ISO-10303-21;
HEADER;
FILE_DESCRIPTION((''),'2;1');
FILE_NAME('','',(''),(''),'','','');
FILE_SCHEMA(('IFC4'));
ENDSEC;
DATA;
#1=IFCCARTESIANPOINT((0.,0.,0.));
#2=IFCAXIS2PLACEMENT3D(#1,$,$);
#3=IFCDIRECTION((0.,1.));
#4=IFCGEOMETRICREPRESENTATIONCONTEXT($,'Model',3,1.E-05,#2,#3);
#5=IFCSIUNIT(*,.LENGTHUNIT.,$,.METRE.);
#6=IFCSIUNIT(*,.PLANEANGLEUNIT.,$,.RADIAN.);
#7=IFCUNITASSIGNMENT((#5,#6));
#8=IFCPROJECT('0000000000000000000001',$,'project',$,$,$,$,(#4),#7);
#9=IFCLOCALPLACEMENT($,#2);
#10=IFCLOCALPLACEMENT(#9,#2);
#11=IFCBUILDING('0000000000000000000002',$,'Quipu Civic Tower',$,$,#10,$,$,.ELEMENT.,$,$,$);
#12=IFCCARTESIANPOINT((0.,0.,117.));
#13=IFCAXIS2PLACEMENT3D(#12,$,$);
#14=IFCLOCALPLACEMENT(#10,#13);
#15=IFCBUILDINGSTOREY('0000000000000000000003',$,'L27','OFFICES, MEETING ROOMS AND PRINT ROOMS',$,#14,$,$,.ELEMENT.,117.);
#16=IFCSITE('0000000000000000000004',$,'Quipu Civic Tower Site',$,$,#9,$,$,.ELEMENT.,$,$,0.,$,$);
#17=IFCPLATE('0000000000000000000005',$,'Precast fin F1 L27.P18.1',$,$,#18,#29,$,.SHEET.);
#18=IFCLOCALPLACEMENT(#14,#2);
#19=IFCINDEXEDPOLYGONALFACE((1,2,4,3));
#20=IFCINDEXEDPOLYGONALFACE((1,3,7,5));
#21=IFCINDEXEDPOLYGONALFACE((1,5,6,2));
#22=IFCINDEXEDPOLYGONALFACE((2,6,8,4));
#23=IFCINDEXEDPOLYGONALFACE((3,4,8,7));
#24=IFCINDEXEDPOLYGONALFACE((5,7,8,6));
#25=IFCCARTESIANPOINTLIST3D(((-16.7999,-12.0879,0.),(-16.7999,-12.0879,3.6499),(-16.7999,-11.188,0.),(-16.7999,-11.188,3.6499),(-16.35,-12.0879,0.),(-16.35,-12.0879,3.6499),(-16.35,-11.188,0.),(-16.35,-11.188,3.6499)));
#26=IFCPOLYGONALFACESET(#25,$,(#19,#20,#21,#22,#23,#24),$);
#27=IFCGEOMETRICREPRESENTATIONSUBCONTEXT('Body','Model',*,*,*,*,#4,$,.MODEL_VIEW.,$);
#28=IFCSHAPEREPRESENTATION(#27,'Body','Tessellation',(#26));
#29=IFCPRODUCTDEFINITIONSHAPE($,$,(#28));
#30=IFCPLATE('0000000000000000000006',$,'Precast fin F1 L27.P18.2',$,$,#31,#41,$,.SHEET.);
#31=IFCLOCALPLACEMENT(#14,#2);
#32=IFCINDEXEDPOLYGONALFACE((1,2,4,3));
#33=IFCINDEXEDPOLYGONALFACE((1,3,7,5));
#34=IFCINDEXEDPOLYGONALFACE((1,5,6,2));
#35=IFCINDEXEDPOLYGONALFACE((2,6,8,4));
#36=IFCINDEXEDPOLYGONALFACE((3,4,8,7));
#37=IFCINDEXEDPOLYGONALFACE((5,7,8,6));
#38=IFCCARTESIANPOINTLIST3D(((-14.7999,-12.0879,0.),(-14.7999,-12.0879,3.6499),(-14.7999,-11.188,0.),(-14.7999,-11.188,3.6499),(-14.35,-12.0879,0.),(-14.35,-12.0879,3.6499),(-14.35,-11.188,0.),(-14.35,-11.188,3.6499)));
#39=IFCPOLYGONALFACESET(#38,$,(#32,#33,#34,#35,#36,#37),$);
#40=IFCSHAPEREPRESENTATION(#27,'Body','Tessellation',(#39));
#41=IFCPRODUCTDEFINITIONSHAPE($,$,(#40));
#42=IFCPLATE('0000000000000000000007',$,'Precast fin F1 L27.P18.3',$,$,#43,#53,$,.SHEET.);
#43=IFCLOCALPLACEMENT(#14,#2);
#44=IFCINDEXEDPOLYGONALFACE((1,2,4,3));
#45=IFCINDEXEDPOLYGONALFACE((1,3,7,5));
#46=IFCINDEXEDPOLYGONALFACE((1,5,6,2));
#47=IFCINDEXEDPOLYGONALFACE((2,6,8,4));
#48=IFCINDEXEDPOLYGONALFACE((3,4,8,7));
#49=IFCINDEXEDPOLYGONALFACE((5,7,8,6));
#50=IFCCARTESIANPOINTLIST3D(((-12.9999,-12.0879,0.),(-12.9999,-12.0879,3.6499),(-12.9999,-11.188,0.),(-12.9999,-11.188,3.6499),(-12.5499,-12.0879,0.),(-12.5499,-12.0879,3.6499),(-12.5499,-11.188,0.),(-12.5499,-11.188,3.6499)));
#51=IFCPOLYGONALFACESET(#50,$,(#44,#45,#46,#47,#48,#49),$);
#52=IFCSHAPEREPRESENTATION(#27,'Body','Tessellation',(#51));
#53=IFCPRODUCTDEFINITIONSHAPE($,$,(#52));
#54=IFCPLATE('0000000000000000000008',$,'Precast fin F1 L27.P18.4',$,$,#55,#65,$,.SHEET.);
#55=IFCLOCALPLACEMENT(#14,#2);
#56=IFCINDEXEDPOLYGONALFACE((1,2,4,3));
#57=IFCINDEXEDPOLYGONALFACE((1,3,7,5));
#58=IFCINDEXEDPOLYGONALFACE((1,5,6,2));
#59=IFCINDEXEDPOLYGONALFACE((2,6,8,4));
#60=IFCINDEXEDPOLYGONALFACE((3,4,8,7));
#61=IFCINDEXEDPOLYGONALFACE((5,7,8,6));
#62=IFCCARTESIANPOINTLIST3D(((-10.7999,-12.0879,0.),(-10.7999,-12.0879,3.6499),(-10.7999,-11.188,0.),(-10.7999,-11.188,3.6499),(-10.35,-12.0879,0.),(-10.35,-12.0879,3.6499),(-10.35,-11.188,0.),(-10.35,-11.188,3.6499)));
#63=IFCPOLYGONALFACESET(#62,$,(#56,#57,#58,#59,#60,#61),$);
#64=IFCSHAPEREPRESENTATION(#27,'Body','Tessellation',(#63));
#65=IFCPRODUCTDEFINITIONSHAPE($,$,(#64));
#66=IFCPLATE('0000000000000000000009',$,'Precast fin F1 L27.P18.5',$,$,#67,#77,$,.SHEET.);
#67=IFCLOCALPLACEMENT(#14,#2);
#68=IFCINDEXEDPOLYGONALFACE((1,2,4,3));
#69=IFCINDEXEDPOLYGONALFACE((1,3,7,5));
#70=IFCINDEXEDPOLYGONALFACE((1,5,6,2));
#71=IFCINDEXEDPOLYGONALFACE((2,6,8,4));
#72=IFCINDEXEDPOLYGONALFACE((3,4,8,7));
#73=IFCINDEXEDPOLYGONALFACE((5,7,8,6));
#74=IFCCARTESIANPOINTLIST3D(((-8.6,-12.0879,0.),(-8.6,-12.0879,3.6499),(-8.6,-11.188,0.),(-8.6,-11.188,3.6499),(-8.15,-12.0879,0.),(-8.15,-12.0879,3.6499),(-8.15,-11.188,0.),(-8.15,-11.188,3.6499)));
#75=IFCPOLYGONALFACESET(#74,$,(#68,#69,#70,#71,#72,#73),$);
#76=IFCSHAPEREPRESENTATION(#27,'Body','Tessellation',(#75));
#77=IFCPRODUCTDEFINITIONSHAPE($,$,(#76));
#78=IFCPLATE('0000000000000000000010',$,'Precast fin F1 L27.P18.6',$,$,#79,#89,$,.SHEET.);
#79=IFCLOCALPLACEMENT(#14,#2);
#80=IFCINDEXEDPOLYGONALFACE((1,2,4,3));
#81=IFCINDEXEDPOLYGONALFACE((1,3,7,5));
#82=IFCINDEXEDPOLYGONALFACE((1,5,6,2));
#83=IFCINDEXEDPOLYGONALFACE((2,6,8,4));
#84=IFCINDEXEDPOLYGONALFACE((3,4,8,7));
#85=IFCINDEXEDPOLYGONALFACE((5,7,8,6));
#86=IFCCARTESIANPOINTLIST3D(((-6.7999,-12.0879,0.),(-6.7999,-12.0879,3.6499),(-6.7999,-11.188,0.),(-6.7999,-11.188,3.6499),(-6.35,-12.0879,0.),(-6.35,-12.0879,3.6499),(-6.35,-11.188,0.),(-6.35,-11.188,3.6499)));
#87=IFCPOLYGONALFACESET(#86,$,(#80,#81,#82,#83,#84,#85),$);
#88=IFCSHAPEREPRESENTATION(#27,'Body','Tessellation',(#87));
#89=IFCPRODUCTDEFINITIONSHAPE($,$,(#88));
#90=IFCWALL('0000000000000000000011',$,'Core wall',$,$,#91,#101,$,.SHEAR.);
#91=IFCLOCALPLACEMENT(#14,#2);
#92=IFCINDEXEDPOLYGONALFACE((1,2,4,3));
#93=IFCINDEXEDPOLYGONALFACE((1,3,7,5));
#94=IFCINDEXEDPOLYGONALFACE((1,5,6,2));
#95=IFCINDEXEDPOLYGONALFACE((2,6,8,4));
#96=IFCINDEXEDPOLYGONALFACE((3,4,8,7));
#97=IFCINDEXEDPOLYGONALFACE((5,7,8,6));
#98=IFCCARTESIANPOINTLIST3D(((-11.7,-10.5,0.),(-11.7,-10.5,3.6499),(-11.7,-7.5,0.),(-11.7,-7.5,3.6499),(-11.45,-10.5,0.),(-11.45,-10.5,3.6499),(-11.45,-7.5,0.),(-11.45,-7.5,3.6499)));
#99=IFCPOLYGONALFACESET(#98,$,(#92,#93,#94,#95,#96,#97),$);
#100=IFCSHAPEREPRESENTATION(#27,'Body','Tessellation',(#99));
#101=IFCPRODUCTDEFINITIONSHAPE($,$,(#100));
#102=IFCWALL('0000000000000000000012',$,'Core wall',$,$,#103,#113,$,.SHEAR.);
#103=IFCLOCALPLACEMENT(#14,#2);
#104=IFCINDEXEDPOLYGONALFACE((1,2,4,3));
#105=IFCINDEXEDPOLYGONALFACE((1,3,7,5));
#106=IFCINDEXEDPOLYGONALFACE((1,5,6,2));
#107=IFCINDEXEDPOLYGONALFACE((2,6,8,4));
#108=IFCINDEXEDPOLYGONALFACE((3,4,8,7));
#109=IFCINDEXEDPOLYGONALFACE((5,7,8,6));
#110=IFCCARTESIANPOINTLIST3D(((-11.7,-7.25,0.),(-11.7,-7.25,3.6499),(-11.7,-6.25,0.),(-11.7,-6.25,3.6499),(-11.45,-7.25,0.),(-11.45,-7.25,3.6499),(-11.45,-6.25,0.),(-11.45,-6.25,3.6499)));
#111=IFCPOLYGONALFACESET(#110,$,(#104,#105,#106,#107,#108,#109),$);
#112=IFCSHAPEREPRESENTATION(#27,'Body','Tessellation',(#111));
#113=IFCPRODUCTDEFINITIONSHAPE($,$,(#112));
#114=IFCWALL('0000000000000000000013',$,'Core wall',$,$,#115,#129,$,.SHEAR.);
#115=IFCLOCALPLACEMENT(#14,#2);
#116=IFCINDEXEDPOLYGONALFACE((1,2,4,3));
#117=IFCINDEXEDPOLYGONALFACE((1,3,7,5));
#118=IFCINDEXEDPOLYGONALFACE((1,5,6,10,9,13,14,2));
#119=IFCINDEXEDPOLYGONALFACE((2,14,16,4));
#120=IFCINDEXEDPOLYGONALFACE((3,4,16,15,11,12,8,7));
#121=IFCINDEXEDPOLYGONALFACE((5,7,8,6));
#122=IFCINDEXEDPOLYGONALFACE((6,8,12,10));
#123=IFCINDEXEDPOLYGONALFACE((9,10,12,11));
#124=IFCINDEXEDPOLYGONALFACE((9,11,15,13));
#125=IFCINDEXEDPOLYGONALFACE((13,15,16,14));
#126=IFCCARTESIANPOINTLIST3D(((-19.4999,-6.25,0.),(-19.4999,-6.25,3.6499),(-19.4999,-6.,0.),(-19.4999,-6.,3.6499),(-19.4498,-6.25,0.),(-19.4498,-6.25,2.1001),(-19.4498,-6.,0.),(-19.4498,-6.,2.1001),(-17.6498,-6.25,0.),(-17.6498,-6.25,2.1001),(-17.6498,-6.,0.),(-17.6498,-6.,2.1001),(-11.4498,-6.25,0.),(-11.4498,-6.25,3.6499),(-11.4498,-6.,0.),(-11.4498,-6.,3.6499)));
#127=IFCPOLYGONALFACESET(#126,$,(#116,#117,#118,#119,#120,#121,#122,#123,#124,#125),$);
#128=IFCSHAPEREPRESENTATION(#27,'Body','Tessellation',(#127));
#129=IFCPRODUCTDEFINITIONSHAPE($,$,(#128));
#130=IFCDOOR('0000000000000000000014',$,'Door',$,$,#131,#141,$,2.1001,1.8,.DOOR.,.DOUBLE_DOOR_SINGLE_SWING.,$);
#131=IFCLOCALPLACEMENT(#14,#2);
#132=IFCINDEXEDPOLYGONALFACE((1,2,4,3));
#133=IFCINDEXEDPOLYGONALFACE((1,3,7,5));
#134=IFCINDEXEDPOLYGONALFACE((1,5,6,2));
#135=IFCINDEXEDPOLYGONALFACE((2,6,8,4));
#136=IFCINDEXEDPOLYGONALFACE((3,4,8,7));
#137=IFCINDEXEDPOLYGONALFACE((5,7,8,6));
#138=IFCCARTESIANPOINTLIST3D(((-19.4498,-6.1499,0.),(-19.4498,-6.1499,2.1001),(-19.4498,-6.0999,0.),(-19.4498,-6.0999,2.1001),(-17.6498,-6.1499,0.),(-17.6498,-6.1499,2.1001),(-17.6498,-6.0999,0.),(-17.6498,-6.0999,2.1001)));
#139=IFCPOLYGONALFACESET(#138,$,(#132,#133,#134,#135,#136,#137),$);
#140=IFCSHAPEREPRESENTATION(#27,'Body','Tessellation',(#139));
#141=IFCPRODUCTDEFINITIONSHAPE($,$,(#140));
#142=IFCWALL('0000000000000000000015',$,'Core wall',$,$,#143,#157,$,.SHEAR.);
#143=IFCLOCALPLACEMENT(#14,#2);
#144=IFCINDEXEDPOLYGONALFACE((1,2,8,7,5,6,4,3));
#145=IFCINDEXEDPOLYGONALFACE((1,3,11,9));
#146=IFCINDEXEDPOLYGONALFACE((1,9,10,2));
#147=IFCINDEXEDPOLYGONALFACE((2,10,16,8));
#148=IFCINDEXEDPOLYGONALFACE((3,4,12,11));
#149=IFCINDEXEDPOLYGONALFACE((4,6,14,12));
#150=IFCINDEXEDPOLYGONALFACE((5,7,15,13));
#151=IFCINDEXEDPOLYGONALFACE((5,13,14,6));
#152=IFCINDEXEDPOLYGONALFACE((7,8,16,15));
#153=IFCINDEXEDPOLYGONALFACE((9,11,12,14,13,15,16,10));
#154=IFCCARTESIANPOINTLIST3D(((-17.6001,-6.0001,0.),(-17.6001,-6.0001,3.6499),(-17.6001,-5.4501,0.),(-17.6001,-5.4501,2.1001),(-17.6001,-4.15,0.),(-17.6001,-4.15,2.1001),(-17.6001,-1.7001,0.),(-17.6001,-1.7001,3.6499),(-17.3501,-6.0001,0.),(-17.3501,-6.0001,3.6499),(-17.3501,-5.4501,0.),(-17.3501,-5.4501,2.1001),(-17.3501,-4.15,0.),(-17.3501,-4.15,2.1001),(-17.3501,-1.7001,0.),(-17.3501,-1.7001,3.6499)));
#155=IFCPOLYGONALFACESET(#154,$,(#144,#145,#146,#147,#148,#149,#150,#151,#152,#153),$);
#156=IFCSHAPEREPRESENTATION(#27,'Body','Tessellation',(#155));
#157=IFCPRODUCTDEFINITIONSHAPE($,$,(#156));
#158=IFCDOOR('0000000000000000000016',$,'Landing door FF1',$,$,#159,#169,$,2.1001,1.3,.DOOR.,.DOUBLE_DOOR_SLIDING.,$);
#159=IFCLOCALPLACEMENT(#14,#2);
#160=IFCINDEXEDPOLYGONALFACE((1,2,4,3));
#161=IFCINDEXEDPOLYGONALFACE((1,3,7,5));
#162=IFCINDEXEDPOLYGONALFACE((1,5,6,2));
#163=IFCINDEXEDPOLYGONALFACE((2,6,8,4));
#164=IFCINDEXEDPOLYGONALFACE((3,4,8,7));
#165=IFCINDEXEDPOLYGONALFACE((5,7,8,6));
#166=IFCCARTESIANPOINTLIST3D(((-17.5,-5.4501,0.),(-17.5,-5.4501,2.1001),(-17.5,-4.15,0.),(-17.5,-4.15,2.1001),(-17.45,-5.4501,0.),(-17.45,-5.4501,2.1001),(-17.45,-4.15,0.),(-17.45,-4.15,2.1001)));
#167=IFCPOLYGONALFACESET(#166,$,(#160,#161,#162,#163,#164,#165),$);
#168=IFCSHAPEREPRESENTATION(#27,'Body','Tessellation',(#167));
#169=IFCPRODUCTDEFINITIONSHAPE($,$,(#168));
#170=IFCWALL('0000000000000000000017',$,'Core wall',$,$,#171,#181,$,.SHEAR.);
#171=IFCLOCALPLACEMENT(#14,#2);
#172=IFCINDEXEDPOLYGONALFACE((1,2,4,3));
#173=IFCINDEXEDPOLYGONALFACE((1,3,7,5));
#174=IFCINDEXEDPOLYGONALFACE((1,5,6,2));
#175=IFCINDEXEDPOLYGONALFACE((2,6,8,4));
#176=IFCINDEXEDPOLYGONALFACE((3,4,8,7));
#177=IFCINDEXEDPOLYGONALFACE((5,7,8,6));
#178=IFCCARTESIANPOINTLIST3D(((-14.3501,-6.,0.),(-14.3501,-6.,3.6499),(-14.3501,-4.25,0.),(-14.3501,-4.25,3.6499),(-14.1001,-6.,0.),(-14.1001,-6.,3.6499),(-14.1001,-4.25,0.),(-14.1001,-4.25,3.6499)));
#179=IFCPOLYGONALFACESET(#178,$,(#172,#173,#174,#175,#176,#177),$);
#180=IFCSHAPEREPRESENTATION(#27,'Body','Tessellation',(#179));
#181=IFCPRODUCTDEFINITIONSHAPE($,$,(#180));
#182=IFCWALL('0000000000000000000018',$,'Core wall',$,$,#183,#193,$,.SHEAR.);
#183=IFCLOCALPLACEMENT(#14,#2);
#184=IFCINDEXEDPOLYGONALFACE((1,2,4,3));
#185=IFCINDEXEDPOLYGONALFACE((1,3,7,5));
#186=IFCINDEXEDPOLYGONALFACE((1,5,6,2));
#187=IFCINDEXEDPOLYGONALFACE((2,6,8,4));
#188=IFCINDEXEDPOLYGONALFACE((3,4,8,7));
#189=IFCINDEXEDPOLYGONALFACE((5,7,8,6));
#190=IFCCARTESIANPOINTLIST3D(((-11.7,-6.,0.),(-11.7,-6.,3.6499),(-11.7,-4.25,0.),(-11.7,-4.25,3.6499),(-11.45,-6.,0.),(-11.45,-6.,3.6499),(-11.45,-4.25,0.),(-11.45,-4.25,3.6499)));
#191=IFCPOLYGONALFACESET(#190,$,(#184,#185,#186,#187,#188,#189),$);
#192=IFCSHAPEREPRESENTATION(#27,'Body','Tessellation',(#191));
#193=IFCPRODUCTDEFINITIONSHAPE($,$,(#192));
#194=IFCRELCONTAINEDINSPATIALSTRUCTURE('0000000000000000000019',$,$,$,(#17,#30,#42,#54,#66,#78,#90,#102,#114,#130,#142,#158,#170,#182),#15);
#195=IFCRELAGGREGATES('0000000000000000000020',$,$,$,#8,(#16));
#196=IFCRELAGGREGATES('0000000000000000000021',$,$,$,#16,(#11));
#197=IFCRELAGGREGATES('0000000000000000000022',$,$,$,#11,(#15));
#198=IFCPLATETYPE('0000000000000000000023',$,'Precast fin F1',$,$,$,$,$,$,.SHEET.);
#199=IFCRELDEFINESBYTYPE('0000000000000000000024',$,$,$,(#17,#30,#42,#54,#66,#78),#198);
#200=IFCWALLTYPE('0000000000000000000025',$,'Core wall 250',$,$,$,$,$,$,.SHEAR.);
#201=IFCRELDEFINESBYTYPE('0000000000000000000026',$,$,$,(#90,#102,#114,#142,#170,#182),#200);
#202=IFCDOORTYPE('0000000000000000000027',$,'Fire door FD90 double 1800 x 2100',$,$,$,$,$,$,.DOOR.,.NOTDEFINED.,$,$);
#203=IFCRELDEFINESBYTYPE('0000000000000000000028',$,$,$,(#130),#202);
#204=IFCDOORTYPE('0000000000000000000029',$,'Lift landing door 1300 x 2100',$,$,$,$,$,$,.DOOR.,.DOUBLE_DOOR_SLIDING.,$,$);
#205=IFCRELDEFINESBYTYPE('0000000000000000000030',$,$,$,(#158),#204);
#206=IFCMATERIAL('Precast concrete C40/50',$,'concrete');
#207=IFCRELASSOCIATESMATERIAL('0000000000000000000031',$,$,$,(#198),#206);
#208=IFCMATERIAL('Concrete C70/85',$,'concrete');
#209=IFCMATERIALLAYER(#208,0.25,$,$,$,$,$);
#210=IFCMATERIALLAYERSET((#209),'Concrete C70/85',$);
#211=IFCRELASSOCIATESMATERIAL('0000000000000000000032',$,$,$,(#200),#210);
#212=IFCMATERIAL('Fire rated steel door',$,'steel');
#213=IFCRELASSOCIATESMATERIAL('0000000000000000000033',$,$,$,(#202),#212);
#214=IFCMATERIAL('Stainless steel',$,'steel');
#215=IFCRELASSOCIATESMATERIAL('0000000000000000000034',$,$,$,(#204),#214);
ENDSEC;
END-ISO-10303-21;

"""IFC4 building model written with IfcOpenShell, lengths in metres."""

from ifc_helpers import new_model, si_unit, direction, frame, frame_2d, origin, origin_2d, place, context, subcontext, project, spatial, rectangle, extrude, material, layer, layer_set, type_object, element, fill, save


model = new_model("IFC4")

# Units and contexts
model_context = context("Model", 3, precision=1e-05, world=origin(), true_north=direction((0.0, 1.0)))
body_context = subcontext(model_context, "Body", "Model", "MODEL_VIEW")
ifc_project = project(units=[si_unit("LENGTHUNIT", "METRE"), si_unit("PLANEANGLEUNIT", "RADIAN")], contexts=[model_context])

# Site, building, storey
site_placement = place(None, origin())
site = spatial("IfcSite", under=ifc_project, at=site_placement, Name="Quipu Civic Tower Site", CompositionType="ELEMENT", RefElevation=0.0)
building_placement = place(site_placement, origin())
building = spatial("IfcBuilding", under=site, at=building_placement, Name="Quipu Civic Tower", CompositionType="ELEMENT")
storey_placement = place(building_placement, frame((0.0, 0.0, 117.0)))
storey = spatial("IfcBuildingStorey", under=building, at=storey_placement, Name="L27", Description="OFFICES, MEETING ROOMS AND PRINT ROOMS", CompositionType="ELEMENT", Elevation=117.0)

# Plates
ifc_material_1 = material(Name="Precast concrete C40/50", Category="concrete")
plate_type = type_object("IfcPlateType", Name="Precast fin F1", PredefinedType="SHEET", material=ifc_material_1)
for number, where, z_axis, x_axis, name in (
    (1, (-16.575, -11.6379, 0.0), (0.0, 0.0, 1.0), (1.0, 0.0, 0.0), "Precast fin F1 L27.P18.1"),
    (2, (-14.575, -11.6379, 0.0), (0.0, 0.0, 1.0), (1.0, 0.0, 0.0), "Precast fin F1 L27.P18.2"),
    (3, (-12.7749, -11.6379, 0.0), (0.0, 0.0, 1.0), (1.0, 0.0, 0.0), "Precast fin F1 L27.P18.3"),
    (4, (-10.575, -11.6379, 0.0), (0.0, 0.0, 1.0), (1.0, 0.0, 0.0), "Precast fin F1 L27.P18.4"),
    (5, (-8.375, -11.6379, 0.0), (0.0, 0.0, 1.0), (1.0, 0.0, 0.0), "Precast fin F1 L27.P18.5"),
    (6, (-6.575, -11.6379, 0.0), (0.0, 0.0, 1.0), (1.0, 0.0, 0.0), "Precast fin F1 L27.P18.6"),
):
    element("IfcPlate", number, at=place(storey_placement, frame(where, z_axis=z_axis, x_axis=x_axis)), inside=storey, type_object=plate_type, Name=name, PredefinedType="SHEET", context=body_context, shape_type="SweptSolid", body=[
        extrude(rectangle(XDim=0.45, YDim=0.8999, at=origin_2d()), origin(), (0.0, 0.0, 1.0), 3.6499),
    ])

# Walls
ifc_material_2 = material(Name="Concrete C70/85", Category="concrete")
ifc_layer_1 = layer(ifc_material_2, 0.25)
ifc_layer_set_1 = layer_set([ifc_layer_1], Name="Concrete C70/85")
wall_type_1 = type_object("IfcWallType", Name="Core wall 250", PredefinedType="SHEAR", material=ifc_layer_set_1)
wall_1_placement = place(storey_placement, frame((-11.575, -10.5, 0.0), z_axis=(0.0, 0.0, 1.0), x_axis=(0.0, 1.0, 0.0)))
element("IfcWall", 7, at=wall_1_placement, inside=storey, type_object=wall_type_1, Name="Core wall", PredefinedType="SHEAR", context=body_context, shape_type="SweptSolid", body=[
    extrude(rectangle(XDim=3.0, YDim=0.25, at=frame_2d((1.5, 0.0))), origin(), (0.0, 0.0, 1.0), 3.6499),
])
wall_2_placement = place(storey_placement, frame((-11.575, -7.25, 0.0), z_axis=(0.0, 0.0, 1.0), x_axis=(0.0, 1.0, 0.0)))
element("IfcWall", 8, at=wall_2_placement, inside=storey, type_object=wall_type_1, Name="Core wall", PredefinedType="SHEAR", context=body_context, shape_type="SweptSolid", body=[
    extrude(rectangle(XDim=1.0, YDim=0.25, at=frame_2d((0.5, 0.0))), origin(), (0.0, 0.0, 1.0), 3.6499),
])

# Walls, openings, doors
wall_3_placement = place(storey_placement, frame((-11.45, -6.125, 0.0), z_axis=(0.0, 0.0, 1.0), x_axis=(-1.0, 0.0, 0.0)))
wall_3 = element("IfcWall", 9, at=wall_3_placement, inside=storey, type_object=wall_type_1, Name="Core wall", PredefinedType="SHEAR", context=body_context, shape_type="SweptSolid", body=[
    extrude(rectangle(XDim=8.05, YDim=0.25, at=frame_2d((4.0249, 0.0))), origin(), (0.0, 0.0, 1.0), 3.6499),
])
opening_1_placement = place(wall_3_placement, frame((6.2, 0.0, 0.0)))
opening_1 = element("IfcOpeningElement", 10, at=opening_1_placement, cuts=wall_3, PredefinedType="OPENING", context=body_context, shape_type="SweptSolid", body=[
    extrude(rectangle(XDim=1.8, YDim=2.1001, at=frame_2d((0.8999, 1.05))), frame((0.0, 0.135, 0.0), z_axis=(0.0, -1.0, 0.0), x_axis=(1.0, 0.0, 0.0)), (0.0, 0.0, 1.0), 0.27),
])
ifc_material_3 = material(Name="Fire rated steel door", Category="steel")
door_type_1 = type_object("IfcDoorType", Name="Fire door FD90 double 1800 x 2100", OperationType="NOTDEFINED", PredefinedType="DOOR", material=ifc_material_3)
door_1_placement = place(opening_1_placement, origin())
door_1 = element("IfcDoor", 11, at=door_1_placement, inside=storey, type_object=door_type_1, Name="Door", OperationType="DOUBLE_DOOR_SINGLE_SWING", OverallHeight=2.1001, OverallWidth=1.8, PredefinedType="DOOR", context=body_context, shape_type="SweptSolid", body=[
    extrude(rectangle(XDim=1.8, YDim=2.1001, at=frame_2d((0.8999, 1.05))), frame((0.0, 0.0249, 0.0), z_axis=(0.0, -1.0, 0.0), x_axis=(1.0, 0.0, 0.0)), (0.0, 0.0, 1.0), 0.05),
])
fill(opening_1, door_1)
wall_4_placement = place(storey_placement, frame((-17.4751, -6.0, 0.0), z_axis=(0.0, 0.0, 1.0), x_axis=(0.0, 1.0, 0.0)))
wall_4 = element("IfcWall", 12, at=wall_4_placement, inside=storey, type_object=wall_type_1, Name="Core wall", PredefinedType="SHEAR", context=body_context, shape_type="SweptSolid", body=[
    extrude(rectangle(XDim=4.3, YDim=0.25, at=frame_2d((2.1499, 0.0))), origin(), (0.0, 0.0, 1.0), 3.6499),
])
opening_2_placement = place(wall_4_placement, frame((0.55, 0.0, 0.0)))
opening_2 = element("IfcOpeningElement", 13, at=opening_2_placement, cuts=wall_4, PredefinedType="OPENING", context=body_context, shape_type="SweptSolid", body=[
    extrude(rectangle(XDim=1.3, YDim=2.1001, at=frame_2d((0.6499, 1.05))), frame((0.0, 0.135, 0.0), z_axis=(0.0, -1.0, 0.0), x_axis=(1.0, 0.0, 0.0)), (0.0, 0.0, 1.0), 0.27),
])
ifc_material_4 = material(Name="Stainless steel", Category="steel")
door_type_2 = type_object("IfcDoorType", Name="Lift landing door 1300 x 2100", OperationType="DOUBLE_DOOR_SLIDING", PredefinedType="DOOR", material=ifc_material_4)
door_2_placement = place(opening_2_placement, origin())
door_2 = element("IfcDoor", 14, at=door_2_placement, inside=storey, type_object=door_type_2, Name="Landing door FF1", OperationType="DOUBLE_DOOR_SLIDING", OverallHeight=2.1001, OverallWidth=1.3, PredefinedType="DOOR", context=body_context, shape_type="SweptSolid", body=[
    extrude(rectangle(XDim=1.3, YDim=2.1001, at=frame_2d((0.6499, 1.05))), frame((0.0, 0.0249, 0.0), z_axis=(0.0, -1.0, 0.0), x_axis=(1.0, 0.0, 0.0)), (0.0, 0.0, 1.0), 0.05),
])
fill(opening_2, door_2)

# Walls
for number, where, z_axis, x_axis, name in (
    (15, (-14.2251, -6.0, 0.0), (0.0, 0.0, 1.0), (0.0, 1.0, 0.0), "Core wall"),
    (16, (-11.575, -6.0, 0.0), (0.0, 0.0, 1.0), (0.0, 1.0, 0.0), "Core wall"),
):
    element("IfcWall", number, at=place(storey_placement, frame(where, z_axis=z_axis, x_axis=x_axis)), inside=storey, type_object=wall_type_1, Name=name, PredefinedType="SHEAR", context=body_context, shape_type="SweptSolid", body=[
        extrude(rectangle(XDim=1.75, YDim=0.25, at=frame_2d((0.875, 0.0))), origin(), (0.0, 0.0, 1.0), 3.6499),
    ])

save(model, "model.ifc")
